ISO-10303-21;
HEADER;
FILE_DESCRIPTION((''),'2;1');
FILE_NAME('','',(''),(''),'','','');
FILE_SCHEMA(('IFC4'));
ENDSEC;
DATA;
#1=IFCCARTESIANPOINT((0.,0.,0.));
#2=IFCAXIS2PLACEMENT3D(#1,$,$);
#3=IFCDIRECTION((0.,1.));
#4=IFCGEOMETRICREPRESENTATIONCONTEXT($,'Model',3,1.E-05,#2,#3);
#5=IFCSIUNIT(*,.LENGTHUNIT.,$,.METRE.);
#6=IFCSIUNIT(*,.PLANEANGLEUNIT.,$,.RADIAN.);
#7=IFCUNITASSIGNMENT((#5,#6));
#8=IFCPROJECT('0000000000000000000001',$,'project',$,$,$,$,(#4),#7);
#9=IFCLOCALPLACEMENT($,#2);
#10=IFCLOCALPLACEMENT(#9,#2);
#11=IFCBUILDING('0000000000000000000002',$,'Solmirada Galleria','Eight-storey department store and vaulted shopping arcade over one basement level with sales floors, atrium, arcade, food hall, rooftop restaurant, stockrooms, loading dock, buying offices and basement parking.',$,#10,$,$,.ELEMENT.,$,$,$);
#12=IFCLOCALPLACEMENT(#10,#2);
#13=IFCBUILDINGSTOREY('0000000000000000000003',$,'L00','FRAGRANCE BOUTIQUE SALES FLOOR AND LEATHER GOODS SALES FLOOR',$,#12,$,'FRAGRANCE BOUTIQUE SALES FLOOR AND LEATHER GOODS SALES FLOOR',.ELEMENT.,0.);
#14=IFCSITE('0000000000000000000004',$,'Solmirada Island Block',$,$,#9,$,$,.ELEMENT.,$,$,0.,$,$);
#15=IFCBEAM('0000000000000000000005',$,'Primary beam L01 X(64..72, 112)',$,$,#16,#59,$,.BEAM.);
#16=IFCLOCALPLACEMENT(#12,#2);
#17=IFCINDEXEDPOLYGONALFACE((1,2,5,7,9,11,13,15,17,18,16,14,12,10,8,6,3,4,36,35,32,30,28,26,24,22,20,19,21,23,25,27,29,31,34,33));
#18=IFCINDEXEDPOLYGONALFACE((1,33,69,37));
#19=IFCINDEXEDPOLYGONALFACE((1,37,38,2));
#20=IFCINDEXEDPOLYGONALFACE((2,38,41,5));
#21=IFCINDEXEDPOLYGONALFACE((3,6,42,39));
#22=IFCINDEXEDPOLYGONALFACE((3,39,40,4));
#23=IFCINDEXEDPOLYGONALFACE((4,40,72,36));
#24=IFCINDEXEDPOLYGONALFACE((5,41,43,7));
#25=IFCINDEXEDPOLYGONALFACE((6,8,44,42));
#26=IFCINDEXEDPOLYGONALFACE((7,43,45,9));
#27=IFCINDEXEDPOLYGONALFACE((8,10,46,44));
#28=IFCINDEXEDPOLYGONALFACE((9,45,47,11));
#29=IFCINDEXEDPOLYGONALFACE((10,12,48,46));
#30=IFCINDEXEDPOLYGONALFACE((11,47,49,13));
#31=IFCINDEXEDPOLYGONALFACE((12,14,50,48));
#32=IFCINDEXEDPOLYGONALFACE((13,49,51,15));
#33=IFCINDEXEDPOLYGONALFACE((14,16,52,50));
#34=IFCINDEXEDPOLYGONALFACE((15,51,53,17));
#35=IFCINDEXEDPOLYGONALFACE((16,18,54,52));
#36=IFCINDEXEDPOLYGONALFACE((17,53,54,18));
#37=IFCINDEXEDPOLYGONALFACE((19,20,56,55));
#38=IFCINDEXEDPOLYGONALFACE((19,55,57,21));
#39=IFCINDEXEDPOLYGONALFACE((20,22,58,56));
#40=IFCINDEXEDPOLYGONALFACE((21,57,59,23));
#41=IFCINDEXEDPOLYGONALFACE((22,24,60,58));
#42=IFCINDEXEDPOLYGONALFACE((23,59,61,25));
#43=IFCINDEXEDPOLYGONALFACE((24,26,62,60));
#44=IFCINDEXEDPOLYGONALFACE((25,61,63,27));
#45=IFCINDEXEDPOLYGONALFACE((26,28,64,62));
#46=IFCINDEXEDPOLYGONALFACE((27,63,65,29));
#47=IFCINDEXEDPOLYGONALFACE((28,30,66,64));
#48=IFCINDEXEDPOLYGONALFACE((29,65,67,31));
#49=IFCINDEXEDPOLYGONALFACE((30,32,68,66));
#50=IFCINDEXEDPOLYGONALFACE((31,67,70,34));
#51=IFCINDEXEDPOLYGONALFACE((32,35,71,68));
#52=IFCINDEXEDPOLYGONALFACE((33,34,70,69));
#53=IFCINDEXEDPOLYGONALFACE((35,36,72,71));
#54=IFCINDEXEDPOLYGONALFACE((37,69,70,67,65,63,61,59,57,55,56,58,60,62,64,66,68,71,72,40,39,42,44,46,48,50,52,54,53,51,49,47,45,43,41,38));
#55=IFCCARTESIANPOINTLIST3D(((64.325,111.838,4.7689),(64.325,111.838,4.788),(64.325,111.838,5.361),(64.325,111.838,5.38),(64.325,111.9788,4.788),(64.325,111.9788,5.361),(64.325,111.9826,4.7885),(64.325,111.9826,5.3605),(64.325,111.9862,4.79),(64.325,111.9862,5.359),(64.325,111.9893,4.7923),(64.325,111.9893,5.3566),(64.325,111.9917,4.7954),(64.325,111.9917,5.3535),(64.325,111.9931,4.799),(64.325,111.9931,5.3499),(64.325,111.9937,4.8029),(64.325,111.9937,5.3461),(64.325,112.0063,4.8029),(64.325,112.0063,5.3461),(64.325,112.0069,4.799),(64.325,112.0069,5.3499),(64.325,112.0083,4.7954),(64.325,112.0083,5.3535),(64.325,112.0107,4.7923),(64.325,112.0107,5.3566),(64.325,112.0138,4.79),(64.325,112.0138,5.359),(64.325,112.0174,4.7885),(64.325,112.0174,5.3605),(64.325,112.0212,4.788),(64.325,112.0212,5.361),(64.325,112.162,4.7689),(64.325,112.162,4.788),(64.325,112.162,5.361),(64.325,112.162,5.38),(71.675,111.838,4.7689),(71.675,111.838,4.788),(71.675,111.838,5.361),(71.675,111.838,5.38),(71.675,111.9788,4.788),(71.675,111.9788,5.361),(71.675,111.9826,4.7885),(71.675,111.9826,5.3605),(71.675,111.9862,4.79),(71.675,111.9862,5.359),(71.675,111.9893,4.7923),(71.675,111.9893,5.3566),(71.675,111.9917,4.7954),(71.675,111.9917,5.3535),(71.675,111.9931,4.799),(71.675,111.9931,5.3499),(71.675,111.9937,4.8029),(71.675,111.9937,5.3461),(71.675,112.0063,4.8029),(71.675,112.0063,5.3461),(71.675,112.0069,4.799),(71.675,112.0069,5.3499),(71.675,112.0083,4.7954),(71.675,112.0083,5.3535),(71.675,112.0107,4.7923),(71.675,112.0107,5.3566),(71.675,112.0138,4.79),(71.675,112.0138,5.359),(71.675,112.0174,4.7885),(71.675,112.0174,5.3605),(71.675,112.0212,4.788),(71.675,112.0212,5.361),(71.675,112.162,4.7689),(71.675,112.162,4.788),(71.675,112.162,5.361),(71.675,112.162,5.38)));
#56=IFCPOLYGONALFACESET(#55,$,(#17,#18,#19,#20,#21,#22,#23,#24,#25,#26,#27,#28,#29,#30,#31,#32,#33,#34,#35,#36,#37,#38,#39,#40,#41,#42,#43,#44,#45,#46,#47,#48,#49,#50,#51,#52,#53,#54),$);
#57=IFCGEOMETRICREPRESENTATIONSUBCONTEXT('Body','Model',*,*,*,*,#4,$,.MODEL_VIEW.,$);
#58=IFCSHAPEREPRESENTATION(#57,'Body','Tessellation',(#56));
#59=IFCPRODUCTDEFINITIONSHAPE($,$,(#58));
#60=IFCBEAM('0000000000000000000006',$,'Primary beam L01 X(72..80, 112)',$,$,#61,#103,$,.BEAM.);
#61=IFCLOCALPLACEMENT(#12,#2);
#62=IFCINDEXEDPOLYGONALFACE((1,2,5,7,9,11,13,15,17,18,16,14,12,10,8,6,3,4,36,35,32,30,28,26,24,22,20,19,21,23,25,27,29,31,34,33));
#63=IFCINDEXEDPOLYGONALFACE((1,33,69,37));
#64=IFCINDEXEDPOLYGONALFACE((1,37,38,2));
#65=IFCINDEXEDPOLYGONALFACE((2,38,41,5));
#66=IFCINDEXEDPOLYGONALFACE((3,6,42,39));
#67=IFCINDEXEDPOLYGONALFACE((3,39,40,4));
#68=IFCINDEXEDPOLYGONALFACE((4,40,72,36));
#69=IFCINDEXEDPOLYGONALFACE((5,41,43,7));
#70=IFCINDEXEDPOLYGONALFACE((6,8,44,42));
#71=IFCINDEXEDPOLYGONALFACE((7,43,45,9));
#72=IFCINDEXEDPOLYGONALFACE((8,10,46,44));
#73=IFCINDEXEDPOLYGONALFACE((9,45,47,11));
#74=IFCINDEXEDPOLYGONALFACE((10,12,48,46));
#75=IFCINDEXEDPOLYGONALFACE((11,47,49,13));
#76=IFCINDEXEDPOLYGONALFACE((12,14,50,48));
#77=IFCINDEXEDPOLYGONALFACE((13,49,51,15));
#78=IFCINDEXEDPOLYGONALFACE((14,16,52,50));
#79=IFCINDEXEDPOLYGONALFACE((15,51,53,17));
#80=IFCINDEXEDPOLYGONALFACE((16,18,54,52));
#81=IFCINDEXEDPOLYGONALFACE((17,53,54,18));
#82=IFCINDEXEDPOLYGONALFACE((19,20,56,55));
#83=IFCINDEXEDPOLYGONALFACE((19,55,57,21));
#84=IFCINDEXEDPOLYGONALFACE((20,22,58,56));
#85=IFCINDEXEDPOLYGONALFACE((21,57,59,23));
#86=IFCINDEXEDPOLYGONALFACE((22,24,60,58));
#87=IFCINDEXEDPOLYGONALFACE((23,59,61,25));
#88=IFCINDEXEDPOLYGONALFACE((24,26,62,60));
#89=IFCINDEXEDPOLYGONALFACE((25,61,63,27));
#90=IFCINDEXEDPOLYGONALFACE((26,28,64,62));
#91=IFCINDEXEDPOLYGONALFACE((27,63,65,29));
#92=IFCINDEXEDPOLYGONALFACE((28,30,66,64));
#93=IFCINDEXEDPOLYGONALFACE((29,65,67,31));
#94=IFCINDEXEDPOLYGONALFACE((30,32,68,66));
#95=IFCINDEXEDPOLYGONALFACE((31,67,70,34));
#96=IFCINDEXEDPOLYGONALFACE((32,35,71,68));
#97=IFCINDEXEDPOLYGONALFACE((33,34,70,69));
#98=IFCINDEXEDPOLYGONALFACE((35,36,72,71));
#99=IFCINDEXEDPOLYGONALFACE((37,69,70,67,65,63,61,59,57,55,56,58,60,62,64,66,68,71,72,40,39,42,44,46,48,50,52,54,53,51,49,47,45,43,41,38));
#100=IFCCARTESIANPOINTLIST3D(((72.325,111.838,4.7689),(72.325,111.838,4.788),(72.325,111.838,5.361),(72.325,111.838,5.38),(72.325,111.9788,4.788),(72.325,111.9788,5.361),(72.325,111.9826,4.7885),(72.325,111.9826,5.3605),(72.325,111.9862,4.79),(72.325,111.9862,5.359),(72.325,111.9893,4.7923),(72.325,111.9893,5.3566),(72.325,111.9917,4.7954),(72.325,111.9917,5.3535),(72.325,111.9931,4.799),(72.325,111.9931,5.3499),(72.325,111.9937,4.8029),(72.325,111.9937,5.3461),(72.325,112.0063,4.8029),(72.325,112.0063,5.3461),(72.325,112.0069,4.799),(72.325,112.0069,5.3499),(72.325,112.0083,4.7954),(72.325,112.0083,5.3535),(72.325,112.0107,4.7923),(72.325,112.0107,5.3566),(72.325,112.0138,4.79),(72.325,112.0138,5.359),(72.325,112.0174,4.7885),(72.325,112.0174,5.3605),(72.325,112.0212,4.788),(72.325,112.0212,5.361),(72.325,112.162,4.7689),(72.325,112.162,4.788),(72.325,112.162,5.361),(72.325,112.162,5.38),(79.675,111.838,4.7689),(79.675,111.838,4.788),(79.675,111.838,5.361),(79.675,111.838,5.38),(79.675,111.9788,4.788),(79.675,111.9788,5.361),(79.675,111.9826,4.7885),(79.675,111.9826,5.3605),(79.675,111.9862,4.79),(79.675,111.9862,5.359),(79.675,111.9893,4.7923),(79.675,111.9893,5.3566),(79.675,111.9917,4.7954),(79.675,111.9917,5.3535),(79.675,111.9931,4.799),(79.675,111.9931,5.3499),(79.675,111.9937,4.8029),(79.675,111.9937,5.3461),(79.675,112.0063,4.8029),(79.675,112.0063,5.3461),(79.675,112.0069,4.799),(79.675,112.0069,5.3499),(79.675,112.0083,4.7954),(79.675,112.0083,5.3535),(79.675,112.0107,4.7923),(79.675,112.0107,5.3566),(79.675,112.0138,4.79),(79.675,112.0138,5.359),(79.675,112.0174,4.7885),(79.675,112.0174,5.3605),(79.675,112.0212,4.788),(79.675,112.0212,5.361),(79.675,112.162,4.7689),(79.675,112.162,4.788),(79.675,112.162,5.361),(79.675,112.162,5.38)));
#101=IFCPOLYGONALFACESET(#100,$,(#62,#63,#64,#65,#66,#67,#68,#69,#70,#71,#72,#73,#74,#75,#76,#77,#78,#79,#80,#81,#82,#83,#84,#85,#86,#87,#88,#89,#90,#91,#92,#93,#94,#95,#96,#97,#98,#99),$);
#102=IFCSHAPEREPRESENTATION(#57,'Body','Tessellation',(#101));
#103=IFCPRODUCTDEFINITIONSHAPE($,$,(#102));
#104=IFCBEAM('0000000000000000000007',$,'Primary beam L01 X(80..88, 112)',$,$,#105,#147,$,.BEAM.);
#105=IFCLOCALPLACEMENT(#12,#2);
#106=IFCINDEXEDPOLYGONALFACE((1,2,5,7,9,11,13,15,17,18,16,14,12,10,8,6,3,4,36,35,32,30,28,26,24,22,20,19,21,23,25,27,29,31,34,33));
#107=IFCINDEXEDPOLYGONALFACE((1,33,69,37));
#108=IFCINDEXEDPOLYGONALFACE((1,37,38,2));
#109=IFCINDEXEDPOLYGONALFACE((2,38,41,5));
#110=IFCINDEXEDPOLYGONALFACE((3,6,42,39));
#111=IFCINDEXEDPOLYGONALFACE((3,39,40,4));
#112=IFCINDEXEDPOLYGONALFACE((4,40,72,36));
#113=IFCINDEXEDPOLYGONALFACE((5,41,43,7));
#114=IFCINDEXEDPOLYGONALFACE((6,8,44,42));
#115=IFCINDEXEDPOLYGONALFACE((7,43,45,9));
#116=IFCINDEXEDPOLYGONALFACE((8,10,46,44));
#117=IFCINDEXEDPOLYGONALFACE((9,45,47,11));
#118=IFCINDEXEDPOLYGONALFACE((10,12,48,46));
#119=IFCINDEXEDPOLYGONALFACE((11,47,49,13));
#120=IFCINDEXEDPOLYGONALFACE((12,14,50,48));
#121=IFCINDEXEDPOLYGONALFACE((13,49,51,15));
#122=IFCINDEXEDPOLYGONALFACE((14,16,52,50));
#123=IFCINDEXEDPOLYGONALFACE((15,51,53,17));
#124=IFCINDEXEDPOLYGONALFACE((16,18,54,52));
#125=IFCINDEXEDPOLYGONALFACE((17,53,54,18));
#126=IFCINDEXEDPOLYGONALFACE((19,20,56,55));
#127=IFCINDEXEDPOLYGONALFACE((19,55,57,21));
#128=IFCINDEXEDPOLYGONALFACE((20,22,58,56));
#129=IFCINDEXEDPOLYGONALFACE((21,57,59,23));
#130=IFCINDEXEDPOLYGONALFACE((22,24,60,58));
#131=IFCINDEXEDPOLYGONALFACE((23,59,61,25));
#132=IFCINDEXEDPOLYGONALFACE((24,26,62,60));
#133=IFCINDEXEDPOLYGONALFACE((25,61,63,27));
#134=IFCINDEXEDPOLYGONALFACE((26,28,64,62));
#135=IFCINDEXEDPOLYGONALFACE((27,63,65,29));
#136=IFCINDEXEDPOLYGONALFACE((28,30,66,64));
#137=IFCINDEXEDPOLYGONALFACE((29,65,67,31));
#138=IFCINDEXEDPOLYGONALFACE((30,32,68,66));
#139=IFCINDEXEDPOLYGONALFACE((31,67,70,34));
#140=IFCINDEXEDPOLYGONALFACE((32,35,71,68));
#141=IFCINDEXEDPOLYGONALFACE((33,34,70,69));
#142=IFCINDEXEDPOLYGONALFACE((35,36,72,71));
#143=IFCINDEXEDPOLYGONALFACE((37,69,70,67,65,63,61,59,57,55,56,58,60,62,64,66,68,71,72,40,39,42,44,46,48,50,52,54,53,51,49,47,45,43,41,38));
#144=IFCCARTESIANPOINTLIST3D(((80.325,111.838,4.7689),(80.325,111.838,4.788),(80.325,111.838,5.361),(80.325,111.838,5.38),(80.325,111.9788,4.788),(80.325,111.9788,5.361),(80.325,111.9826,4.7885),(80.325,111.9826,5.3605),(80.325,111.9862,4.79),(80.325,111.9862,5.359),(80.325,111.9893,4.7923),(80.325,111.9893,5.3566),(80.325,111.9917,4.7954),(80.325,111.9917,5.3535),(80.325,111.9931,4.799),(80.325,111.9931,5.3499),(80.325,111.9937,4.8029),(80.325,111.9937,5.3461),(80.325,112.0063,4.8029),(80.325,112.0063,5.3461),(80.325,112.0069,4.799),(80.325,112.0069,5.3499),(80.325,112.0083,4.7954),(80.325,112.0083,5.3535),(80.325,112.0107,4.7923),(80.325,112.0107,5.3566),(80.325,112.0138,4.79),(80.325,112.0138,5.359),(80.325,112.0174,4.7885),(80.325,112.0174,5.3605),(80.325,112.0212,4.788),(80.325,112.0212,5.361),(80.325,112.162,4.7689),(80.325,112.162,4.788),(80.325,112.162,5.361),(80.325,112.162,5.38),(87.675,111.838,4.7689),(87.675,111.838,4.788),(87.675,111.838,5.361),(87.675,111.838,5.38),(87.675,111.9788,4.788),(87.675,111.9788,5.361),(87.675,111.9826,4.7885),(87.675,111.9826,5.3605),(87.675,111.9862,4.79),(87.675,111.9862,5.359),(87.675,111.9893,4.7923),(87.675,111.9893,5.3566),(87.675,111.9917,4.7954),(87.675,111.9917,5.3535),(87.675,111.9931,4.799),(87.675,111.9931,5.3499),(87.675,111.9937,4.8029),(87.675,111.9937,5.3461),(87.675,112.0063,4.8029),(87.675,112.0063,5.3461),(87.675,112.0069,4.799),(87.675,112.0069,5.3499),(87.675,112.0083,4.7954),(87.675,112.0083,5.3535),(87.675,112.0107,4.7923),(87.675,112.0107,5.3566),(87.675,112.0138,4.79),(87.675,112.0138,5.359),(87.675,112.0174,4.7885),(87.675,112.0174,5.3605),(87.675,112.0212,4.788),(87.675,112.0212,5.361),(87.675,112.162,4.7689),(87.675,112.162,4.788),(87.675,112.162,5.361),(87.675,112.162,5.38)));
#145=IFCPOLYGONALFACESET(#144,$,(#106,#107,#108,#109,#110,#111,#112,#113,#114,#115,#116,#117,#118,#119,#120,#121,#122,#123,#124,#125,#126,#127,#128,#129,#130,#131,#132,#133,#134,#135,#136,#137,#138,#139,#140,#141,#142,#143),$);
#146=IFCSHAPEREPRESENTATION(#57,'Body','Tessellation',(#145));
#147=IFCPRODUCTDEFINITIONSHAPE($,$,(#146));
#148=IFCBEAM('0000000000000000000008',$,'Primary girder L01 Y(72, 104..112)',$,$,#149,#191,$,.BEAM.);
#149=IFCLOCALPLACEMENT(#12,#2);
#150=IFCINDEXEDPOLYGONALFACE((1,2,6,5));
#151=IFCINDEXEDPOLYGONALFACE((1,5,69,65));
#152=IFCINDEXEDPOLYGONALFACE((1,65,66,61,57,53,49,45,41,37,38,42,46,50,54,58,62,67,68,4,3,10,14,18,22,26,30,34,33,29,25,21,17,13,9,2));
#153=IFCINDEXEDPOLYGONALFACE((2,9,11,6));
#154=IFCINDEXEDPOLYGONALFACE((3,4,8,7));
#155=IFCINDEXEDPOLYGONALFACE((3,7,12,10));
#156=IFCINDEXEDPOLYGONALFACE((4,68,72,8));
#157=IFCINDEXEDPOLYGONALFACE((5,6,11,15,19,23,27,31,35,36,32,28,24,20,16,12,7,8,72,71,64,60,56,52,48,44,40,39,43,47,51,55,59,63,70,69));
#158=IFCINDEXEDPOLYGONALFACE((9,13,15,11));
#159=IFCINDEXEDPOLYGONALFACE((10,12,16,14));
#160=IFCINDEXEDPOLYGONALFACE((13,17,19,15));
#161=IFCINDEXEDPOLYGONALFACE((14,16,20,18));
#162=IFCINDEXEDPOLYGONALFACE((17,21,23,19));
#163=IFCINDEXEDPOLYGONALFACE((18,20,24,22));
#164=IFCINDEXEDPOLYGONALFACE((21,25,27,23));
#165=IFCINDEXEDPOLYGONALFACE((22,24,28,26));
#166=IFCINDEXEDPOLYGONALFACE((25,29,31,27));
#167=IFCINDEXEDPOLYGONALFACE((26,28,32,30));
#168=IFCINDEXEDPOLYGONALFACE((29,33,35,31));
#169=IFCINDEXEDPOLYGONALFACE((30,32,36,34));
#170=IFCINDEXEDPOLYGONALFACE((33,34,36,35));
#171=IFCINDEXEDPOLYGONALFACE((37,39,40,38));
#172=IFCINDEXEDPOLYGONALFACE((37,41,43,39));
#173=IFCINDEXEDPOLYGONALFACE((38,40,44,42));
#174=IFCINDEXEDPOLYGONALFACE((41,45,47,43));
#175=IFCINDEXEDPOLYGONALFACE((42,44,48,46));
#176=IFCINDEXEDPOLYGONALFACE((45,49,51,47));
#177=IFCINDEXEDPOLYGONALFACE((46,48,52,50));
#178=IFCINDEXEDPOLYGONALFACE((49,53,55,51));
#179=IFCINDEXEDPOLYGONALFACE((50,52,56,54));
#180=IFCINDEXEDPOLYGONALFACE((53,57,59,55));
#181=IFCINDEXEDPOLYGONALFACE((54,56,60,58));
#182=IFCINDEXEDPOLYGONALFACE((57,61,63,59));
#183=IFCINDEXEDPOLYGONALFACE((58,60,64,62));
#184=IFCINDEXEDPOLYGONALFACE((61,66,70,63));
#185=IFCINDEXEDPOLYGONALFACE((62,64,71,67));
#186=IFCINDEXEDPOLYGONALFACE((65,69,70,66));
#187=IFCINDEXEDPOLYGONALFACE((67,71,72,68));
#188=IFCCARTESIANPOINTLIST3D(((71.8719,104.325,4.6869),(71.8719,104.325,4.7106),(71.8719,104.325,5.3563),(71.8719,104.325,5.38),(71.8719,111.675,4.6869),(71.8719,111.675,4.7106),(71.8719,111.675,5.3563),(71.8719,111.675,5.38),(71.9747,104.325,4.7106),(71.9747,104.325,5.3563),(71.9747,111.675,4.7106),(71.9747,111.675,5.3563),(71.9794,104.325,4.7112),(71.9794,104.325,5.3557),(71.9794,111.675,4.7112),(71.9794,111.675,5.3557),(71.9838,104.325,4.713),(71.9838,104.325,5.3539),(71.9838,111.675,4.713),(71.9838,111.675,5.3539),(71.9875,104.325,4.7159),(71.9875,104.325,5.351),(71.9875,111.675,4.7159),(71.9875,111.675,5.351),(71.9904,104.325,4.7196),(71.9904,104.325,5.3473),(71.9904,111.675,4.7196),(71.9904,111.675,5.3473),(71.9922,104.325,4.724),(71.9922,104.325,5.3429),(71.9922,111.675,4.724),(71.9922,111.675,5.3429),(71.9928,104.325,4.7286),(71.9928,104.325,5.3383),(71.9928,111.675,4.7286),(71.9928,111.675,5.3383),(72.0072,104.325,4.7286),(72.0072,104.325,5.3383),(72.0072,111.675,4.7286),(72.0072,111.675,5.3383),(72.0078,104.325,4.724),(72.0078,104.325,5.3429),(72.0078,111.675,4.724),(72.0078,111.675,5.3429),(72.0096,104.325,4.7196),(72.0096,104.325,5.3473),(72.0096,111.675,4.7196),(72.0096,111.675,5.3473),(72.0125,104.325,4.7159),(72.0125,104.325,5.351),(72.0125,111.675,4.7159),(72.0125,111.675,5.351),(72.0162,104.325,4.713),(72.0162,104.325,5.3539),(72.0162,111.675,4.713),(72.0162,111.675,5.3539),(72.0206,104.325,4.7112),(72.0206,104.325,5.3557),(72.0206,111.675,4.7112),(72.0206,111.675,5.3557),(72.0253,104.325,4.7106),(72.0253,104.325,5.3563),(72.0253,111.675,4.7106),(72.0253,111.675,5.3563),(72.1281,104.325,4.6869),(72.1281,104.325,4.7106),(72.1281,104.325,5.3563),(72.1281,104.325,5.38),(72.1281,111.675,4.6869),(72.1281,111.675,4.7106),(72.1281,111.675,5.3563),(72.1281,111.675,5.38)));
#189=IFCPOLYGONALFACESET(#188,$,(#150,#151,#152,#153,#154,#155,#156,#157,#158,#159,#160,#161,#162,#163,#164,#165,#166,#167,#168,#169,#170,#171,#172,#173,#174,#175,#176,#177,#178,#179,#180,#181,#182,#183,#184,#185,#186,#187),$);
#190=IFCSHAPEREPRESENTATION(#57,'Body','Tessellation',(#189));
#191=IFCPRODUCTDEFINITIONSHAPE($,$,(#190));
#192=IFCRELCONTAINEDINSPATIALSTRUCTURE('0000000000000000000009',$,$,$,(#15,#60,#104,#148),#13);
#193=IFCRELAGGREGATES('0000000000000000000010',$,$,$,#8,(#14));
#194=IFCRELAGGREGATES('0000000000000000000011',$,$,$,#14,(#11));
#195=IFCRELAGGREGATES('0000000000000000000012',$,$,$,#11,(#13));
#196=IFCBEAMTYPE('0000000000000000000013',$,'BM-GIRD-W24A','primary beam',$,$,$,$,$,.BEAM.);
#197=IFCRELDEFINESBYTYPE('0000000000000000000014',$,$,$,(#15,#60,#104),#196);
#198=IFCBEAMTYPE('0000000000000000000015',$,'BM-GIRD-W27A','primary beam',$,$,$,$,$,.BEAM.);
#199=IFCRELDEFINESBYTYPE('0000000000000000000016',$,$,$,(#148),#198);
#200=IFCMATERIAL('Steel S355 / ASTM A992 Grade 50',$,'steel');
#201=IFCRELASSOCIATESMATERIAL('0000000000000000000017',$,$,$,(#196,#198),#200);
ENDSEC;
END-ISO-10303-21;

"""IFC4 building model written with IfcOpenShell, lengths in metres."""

from ifc_helpers import new_model, si_unit, direction, frame, origin, origin_2d, place, context, subcontext, project, spatial, i_section, extrude, material, material_profile, profile_set, type_object, element, save


model = new_model("IFC4")

# Units and contexts
model_context = context("Model", 3, precision=1e-05, world=origin(), true_north=direction((0.0, 1.0)))
body_context = subcontext(model_context, "Body", "Model", "MODEL_VIEW")
ifc_project = project(units=[si_unit("LENGTHUNIT", "METRE"), si_unit("PLANEANGLEUNIT", "RADIAN")], contexts=[model_context])

# Site, building, storey
site_placement = place(None, origin())
site = spatial("IfcSite", under=ifc_project, at=site_placement, Name="Solmirada Island Block", CompositionType="ELEMENT", RefElevation=0.0)
building_placement = place(site_placement, origin())
building = spatial("IfcBuilding", under=site, at=building_placement, Name="Solmirada Galleria", Description="Eight-storey department store and vaulted shopping arcade over one basement level with sales floors, atrium, arcade, food hall, rooftop restaurant, stockrooms, loading dock, buying offices and basement parking.", CompositionType="ELEMENT")
storey_placement = place(building_placement, origin())
storey = spatial("IfcBuildingStorey", under=building, at=storey_placement, Name="L00", Description="FRAGRANCE BOUTIQUE SALES FLOOR AND LEATHER GOODS SALES FLOOR", LongName="FRAGRANCE BOUTIQUE SALES FLOOR AND LEATHER GOODS SALES FLOOR", CompositionType="ELEMENT", Elevation=0.0)

# Beams
ifc_material_1 = material(Name="Steel S355 / ASTM A992 Grade 50", Category="steel")
ifc_material_profile_1 = material_profile(ifc_material_1, i_section(OverallWidth=0.324, OverallDepth=0.6111, WebThickness=0.0127, FlangeThickness=0.019, FilletRadius=0.0149, at=origin_2d()), Name="W24X104")
ifc_profile_set_1 = profile_set([ifc_material_profile_1], Name="Steel S355 / ASTM A992 Grade 50")
beam_type_1 = type_object("IfcBeamType", Name="BM-GIRD-W24A", Description="primary beam", PredefinedType="BEAM", material=ifc_profile_set_1)
for number, where, z_axis, x_axis, name in (
    (1, (64.325, 112.0, 5.0745), (1.0, 0.0, 0.0), (0.0, 1.0, 0.0), "Primary beam L01 X(64..72, 112)"),
    (2, (72.325, 112.0, 5.0745), (1.0, 0.0, 0.0), (0.0, 1.0, 0.0), "Primary beam L01 X(72..80, 112)"),
    (3, (80.325, 112.0, 5.0745), (1.0, 0.0, 0.0), (0.0, 1.0, 0.0), "Primary beam L01 X(80..88, 112)"),
):
    element("IfcBeam", number, at=place(storey_placement, frame(where, z_axis=z_axis, x_axis=x_axis)), inside=storey, type_object=beam_type_1, Name=name, PredefinedType="BEAM", context=body_context, shape_type="SweptSolid", body=[
        extrude(i_section(OverallWidth=0.324, OverallDepth=0.6111, WebThickness=0.0127, FlangeThickness=0.019, FilletRadius=0.0149, at=origin_2d()), origin(), (0.0, 0.0, 1.0), 7.3501),
    ])
ifc_material_profile_2 = material_profile(ifc_material_1, i_section(OverallWidth=0.2561, OverallDepth=0.6931, WebThickness=0.0144, FlangeThickness=0.0237, FilletRadius=0.0181, at=origin_2d()), Name="W27X114")
ifc_profile_set_2 = profile_set([ifc_material_profile_2], Name="Steel S355 / ASTM A992 Grade 50")
beam_type_2 = type_object("IfcBeamType", Name="BM-GIRD-W27A", Description="primary beam", PredefinedType="BEAM", material=ifc_profile_set_2)
beam_1_placement = place(storey_placement, frame((72.0, 104.325, 5.0334), z_axis=(0.0, 1.0, 0.0), x_axis=(-1.0, 0.0, 0.0)))
element("IfcBeam", 4, at=beam_1_placement, inside=storey, type_object=beam_type_2, Name="Primary girder L01 Y(72, 104..112)", PredefinedType="BEAM", context=body_context, shape_type="SweptSolid", body=[
    extrude(i_section(OverallWidth=0.2561, OverallDepth=0.6931, WebThickness=0.0144, FlangeThickness=0.0237, FilletRadius=0.0181, at=origin_2d()), origin(), (0.0, 0.0, 1.0), 7.3501),
])

save(model, "model.ifc")
